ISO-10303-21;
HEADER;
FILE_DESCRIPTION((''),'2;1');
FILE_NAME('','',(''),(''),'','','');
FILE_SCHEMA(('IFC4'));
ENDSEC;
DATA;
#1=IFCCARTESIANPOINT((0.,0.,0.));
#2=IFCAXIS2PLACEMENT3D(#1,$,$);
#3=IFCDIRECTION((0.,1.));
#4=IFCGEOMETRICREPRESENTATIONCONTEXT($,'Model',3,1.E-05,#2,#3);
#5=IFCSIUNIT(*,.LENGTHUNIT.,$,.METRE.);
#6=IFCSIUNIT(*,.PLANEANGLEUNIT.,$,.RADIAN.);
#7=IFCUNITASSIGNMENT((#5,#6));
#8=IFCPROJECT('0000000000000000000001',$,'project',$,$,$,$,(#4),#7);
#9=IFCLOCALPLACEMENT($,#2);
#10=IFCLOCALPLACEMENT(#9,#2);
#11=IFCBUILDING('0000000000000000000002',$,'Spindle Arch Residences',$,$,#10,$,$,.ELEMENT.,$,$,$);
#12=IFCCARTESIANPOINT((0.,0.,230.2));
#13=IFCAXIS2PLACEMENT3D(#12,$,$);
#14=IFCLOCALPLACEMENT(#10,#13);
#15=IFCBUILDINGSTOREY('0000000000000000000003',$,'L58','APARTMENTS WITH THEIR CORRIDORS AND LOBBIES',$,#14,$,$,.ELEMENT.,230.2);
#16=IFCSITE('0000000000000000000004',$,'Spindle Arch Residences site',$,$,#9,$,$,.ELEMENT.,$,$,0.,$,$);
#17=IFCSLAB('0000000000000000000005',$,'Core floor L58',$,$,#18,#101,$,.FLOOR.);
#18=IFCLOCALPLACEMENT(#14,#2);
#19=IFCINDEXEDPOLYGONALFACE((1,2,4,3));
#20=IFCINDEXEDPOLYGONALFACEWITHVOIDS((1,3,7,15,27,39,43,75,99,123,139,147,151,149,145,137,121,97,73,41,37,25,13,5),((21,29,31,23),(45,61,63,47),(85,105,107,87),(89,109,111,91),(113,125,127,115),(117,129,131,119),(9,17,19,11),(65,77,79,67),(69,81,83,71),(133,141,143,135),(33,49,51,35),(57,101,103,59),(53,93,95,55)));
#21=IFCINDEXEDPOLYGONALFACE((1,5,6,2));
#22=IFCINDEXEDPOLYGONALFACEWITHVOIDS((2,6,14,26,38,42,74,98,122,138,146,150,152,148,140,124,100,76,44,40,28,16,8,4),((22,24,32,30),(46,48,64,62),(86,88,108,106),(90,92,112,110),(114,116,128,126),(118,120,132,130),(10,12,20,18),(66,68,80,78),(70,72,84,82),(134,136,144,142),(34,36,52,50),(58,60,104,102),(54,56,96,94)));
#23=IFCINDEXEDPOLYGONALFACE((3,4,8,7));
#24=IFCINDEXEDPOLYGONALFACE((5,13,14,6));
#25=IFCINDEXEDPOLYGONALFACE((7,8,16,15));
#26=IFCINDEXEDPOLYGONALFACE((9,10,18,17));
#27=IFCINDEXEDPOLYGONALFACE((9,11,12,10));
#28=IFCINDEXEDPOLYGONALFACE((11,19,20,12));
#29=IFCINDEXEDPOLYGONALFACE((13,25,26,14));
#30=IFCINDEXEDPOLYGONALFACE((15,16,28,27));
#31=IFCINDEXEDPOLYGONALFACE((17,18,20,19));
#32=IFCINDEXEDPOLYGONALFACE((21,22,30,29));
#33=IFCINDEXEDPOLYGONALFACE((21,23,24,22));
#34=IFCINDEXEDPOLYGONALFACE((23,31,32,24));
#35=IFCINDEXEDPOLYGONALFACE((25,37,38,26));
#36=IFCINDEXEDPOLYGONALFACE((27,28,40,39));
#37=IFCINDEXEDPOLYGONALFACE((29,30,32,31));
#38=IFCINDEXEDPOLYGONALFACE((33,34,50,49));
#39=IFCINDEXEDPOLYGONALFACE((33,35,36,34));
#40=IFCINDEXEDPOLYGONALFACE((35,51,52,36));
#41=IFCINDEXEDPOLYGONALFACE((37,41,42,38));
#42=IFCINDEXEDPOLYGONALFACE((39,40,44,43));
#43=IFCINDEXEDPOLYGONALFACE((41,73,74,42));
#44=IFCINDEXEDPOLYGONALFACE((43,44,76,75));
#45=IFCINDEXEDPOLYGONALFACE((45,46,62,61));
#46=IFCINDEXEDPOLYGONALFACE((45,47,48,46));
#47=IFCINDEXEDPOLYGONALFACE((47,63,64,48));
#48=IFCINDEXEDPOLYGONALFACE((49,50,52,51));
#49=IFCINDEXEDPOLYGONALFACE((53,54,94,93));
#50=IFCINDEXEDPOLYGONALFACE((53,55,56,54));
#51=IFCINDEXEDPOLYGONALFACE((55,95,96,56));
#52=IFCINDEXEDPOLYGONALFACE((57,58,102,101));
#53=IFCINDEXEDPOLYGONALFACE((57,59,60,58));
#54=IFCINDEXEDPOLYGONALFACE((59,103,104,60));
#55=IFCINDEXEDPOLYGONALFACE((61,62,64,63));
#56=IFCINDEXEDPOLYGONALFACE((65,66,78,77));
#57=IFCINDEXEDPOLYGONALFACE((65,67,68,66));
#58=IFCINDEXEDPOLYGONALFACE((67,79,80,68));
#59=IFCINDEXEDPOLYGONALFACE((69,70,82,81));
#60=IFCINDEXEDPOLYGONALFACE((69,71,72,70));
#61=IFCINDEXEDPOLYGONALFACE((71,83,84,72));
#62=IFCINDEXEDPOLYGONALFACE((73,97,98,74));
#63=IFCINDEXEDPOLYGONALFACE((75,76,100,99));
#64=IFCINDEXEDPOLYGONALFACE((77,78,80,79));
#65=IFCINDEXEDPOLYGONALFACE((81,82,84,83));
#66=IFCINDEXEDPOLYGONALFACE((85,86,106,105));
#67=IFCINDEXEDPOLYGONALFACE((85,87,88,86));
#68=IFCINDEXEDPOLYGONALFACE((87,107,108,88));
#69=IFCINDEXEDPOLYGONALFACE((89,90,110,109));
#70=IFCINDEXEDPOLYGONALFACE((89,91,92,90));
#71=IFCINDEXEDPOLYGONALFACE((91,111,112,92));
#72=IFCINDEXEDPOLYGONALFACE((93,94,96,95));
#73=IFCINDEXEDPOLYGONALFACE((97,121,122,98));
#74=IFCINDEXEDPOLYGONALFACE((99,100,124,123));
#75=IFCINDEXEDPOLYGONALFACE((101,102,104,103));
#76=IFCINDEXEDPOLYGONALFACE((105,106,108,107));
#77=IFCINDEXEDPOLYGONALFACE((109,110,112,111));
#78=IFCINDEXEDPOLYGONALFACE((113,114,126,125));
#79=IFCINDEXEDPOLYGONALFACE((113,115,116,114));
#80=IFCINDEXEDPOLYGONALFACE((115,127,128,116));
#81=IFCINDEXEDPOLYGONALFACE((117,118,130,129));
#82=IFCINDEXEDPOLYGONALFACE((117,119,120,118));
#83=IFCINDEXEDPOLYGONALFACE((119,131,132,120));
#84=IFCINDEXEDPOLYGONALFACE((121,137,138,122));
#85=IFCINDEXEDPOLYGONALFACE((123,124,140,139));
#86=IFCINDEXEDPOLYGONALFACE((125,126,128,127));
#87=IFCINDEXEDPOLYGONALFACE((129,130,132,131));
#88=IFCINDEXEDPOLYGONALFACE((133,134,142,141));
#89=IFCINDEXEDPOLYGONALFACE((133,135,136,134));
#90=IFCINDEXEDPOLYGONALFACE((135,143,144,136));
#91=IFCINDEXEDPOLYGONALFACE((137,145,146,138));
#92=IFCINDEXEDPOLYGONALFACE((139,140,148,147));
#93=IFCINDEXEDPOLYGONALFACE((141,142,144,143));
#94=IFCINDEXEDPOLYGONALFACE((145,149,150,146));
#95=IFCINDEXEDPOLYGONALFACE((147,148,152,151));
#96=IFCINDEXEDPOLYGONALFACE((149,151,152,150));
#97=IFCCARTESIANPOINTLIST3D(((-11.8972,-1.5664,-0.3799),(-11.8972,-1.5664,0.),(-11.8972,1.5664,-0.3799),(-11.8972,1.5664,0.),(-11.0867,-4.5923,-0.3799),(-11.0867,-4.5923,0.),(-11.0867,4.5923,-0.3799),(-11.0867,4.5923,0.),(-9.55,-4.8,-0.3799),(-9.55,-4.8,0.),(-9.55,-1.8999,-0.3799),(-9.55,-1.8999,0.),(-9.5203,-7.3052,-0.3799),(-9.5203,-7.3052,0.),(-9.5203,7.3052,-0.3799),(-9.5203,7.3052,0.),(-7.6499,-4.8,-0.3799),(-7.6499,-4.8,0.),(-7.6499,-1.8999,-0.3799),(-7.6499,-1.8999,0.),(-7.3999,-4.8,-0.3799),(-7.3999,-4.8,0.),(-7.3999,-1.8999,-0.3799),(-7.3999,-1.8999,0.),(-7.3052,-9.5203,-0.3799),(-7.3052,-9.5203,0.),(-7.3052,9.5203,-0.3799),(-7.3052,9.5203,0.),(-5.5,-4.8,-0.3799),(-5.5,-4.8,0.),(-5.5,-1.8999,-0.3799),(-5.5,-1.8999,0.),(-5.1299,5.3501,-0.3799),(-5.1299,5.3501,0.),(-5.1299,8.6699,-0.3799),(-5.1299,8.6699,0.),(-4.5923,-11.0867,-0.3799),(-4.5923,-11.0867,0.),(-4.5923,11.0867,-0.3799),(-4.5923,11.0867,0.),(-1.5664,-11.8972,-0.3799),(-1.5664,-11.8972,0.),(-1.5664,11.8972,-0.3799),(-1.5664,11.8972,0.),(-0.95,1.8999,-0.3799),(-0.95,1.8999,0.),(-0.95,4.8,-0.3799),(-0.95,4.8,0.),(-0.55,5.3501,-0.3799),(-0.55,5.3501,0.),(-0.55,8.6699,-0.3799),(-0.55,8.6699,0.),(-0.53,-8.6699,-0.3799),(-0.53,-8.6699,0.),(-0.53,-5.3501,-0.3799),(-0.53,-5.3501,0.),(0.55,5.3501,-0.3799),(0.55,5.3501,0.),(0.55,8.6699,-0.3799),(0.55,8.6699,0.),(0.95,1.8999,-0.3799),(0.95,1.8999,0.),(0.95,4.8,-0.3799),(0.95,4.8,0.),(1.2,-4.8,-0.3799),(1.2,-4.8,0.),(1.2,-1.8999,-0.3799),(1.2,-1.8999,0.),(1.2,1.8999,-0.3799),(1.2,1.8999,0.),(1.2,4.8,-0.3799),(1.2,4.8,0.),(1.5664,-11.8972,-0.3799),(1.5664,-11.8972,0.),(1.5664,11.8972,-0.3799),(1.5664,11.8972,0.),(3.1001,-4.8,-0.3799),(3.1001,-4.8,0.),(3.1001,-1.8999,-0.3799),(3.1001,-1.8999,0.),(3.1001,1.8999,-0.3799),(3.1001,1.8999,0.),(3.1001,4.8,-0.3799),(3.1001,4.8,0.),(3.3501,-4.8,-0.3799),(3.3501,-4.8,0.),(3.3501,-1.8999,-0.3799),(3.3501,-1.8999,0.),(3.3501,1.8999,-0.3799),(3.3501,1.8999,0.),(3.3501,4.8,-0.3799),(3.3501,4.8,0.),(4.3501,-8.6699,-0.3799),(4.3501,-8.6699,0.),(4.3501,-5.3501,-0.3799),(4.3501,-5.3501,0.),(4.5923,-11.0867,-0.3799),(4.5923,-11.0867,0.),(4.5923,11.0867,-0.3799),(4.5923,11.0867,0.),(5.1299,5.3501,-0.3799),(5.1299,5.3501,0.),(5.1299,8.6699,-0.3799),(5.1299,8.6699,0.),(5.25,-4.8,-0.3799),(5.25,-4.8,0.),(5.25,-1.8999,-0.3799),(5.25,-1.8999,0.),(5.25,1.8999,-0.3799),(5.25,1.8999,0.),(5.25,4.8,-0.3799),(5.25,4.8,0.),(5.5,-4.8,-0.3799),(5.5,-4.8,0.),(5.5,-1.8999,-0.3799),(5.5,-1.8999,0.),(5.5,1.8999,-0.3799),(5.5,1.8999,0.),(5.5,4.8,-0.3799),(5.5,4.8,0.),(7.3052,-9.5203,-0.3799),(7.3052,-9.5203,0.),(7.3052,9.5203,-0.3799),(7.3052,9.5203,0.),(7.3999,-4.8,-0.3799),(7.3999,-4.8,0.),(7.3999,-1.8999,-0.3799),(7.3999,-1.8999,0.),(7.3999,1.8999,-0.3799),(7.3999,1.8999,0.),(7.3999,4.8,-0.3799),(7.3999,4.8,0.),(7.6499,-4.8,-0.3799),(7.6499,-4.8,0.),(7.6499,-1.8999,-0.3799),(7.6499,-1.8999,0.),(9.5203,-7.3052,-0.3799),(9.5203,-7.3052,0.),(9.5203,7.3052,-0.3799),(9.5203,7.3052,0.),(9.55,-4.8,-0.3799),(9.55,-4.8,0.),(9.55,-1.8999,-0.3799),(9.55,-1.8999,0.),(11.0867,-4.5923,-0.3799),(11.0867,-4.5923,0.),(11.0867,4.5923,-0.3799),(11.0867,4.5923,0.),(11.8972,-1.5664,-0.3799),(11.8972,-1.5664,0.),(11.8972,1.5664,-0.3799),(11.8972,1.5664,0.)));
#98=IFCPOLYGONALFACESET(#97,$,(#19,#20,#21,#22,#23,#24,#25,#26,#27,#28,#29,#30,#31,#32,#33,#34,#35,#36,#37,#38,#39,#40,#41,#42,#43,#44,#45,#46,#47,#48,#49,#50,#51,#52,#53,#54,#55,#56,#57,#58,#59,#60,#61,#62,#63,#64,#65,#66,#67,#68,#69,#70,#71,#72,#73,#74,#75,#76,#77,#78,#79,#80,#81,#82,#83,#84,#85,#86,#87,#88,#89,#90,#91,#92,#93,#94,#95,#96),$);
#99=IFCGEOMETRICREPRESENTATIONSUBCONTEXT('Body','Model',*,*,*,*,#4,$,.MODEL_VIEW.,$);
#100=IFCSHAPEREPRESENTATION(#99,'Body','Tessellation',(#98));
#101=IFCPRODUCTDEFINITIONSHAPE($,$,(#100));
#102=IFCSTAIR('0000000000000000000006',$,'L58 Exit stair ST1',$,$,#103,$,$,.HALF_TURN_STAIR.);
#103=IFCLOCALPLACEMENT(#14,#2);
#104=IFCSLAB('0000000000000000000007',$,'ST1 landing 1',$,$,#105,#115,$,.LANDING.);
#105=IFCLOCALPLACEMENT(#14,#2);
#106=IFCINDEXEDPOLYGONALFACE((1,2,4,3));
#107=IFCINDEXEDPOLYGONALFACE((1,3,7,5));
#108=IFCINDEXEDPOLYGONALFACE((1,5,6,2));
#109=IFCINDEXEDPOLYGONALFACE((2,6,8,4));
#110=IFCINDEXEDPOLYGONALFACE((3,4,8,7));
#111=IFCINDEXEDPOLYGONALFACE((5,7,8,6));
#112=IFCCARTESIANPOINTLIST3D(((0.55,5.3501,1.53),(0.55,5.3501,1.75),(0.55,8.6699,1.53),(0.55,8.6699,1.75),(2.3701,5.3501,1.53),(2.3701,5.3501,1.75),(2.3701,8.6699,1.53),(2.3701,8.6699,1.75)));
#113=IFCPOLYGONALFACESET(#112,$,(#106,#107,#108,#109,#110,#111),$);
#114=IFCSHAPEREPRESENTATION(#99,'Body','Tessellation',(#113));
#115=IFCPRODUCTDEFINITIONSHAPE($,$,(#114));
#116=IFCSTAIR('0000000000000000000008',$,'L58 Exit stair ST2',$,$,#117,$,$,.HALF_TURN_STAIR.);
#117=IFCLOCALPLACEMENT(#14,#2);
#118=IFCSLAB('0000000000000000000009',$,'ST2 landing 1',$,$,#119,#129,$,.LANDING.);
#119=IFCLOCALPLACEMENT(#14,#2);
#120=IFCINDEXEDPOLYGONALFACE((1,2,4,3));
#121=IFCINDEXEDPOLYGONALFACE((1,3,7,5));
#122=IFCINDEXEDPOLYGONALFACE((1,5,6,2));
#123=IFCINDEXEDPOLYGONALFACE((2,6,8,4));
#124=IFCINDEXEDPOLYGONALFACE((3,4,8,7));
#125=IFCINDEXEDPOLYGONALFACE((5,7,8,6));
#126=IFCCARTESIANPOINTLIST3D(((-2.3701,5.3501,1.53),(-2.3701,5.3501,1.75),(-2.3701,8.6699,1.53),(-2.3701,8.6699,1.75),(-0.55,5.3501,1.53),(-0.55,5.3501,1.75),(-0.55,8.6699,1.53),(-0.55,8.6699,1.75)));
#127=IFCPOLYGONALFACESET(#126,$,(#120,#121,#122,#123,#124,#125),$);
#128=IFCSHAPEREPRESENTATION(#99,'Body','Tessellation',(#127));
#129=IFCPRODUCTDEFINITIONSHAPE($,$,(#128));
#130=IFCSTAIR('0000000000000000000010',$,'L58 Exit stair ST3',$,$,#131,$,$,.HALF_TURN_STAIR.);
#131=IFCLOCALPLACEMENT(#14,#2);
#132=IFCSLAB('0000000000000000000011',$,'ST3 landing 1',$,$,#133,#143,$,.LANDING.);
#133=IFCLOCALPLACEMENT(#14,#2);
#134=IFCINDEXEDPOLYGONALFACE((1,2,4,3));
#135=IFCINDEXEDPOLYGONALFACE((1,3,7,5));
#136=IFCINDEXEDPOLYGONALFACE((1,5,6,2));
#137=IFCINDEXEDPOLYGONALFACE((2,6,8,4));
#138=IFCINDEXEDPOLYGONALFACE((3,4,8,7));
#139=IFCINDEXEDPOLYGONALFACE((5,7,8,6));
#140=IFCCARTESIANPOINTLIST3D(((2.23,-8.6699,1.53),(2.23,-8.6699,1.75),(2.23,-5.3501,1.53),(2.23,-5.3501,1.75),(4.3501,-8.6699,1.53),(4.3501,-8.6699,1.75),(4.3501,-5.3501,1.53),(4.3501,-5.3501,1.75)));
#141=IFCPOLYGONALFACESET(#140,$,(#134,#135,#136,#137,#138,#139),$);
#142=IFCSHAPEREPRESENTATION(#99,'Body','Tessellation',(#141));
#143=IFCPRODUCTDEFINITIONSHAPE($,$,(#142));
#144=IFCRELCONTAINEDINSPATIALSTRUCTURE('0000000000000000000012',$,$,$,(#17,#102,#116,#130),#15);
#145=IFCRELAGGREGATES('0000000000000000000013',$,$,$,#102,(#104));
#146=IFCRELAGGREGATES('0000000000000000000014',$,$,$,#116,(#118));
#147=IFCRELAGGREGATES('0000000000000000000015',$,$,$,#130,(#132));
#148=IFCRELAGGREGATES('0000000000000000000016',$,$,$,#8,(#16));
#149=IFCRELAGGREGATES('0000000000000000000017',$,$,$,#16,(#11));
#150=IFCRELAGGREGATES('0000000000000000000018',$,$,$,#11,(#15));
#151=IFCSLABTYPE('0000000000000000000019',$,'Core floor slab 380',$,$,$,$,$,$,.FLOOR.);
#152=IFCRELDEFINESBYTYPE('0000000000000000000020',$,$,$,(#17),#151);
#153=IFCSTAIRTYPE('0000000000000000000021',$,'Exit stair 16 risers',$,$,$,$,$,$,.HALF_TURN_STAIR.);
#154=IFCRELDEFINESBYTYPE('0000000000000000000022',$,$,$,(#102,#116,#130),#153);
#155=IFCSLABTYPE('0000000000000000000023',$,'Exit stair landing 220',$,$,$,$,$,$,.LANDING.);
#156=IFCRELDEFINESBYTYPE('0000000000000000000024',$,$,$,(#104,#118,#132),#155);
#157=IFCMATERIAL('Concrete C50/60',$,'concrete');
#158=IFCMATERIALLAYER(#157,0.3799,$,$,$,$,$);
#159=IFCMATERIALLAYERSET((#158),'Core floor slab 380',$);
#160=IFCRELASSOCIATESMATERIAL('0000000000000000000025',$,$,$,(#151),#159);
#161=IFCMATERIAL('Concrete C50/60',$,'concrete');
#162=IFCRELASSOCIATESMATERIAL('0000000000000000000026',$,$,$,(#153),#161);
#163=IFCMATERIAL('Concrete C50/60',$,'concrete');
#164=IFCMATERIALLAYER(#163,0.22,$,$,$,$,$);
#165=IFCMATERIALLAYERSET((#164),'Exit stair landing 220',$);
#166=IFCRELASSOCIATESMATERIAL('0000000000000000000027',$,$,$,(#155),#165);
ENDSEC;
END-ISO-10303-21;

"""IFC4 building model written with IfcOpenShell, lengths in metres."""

from ifc_helpers import new_model, si_unit, direction, frame, origin, place, context, subcontext, project, spatial, polyline, outline, extrude, material, layer, layer_set, type_object, element, aggregate, save


model = new_model("IFC4")

# Units and contexts
model_context = context("Model", 3, precision=1e-05, world=origin(), true_north=direction((0.0, 1.0)))
body_context = subcontext(model_context, "Body", "Model", "MODEL_VIEW")
ifc_project = project(units=[si_unit("LENGTHUNIT", "METRE"), si_unit("PLANEANGLEUNIT", "RADIAN")], contexts=[model_context])

# Site, building, storey
site_placement = place(None, origin())
site = spatial("IfcSite", under=ifc_project, at=site_placement, Name="Spindle Arch Residences site", CompositionType="ELEMENT", RefElevation=0.0)
building_placement = place(site_placement, origin())
building = spatial("IfcBuilding", under=site, at=building_placement, Name="Spindle Arch Residences", CompositionType="ELEMENT")
storey_placement = place(building_placement, frame((0.0, 0.0, 230.2)))
storey = spatial("IfcBuildingStorey", under=building, at=storey_placement, Name="L58", Description="APARTMENTS WITH THEIR CORRIDORS AND LOBBIES", CompositionType="ELEMENT", Elevation=230.2)

# Slab
ifc_material_1 = material(Name="Concrete C50/60", Category="concrete")
ifc_layer_1 = layer(ifc_material_1, 0.3799)
ifc_layer_set_1 = layer_set([ifc_layer_1], Name="Core floor slab 380")
slab_type_1 = type_object("IfcSlabType", Name="Core floor slab 380", PredefinedType="FLOOR", material=ifc_layer_set_1)
slab_1_placement = place(storey_placement, frame((0.0, 0.0, -0.3799)))
element("IfcSlab", 1, at=slab_1_placement, inside=storey, type_object=slab_type_1, Name="Core floor L58", PredefinedType="FLOOR", context=body_context, shape_type="SweptSolid", body=[
    extrude(outline(polyline([(1.5664, -11.8972), (4.5923, -11.0867), (7.3052, -9.5203), (9.5203, -7.3052), (11.0867, -4.5923), (11.8972, -1.5664), (11.8972, 1.5664), (11.0867, 4.5923), (9.5203, 7.3052), (7.3052, 9.5203), (4.5923, 11.0867), (1.5664, 11.8972), (-1.5664, 11.8972), (-4.5923, 11.0867), (-7.3052, 9.5203), (-9.5203, 7.3052), (-11.0867, 4.5923), (-11.8972, 1.5664), (-11.8972, -1.5664), (-11.0867, -4.5923), (-9.5203, -7.3052), (-7.3052, -9.5203), (-4.5923, -11.0867), (-1.5664, -11.8972), (1.5664, -11.8972)]), holes=[polyline([(-0.95, 1.8999), (0.95, 1.8999), (0.95, 4.8), (-0.95, 4.8), (-0.95, 1.8999)]), polyline([(1.2, 1.8999), (3.1001, 1.8999), (3.1001, 4.8), (1.2, 4.8), (1.2, 1.8999)]), polyline([(3.3501, 1.8999), (5.25, 1.8999), (5.25, 4.8), (3.3501, 4.8), (3.3501, 1.8999)]), polyline([(5.5, 1.8999), (7.3999, 1.8999), (7.3999, 4.8), (5.5, 4.8), (5.5, 1.8999)]), polyline([(-9.55, -4.8), (-7.6499, -4.8), (-7.6499, -1.8999), (-9.55, -1.8999), (-9.55, -4.8)]), polyline([(-7.3999, -4.8), (-5.5, -4.8), (-5.5, -1.8999), (-7.3999, -1.8999), (-7.3999, -4.8)]), polyline([(1.2, -4.8), (3.1001, -4.8), (3.1001, -1.8999), (1.2, -1.8999), (1.2, -4.8)]), polyline([(3.3501, -4.8), (5.25, -4.8), (5.25, -1.8999), (3.3501, -1.8999), (3.3501, -4.8)]), polyline([(5.5, -4.8), (7.3999, -4.8), (7.3999, -1.8999), (5.5, -1.8999), (5.5, -4.8)]), polyline([(7.6499, -4.8), (9.55, -4.8), (9.55, -1.8999), (7.6499, -1.8999), (7.6499, -4.8)]), polyline([(5.1299, 8.6699), (0.55, 8.6699), (0.55, 5.3501), (5.1299, 5.3501), (5.1299, 8.6699)]), polyline([(-5.1299, 5.3501), (-0.55, 5.3501), (-0.55, 8.6699), (-5.1299, 8.6699), (-5.1299, 5.3501)]), polyline([(-0.53, -8.6699), (4.3501, -8.6699), (4.3501, -5.3501), (-0.53, -5.3501), (-0.53, -8.6699)])]), origin(), (0.0, 0.0, 1.0), 0.3799),
])

# Stairs, slabs
ifc_material_2 = material(Name="Concrete C50/60", Category="concrete")
stair_type = type_object("IfcStairType", Name="Exit stair 16 risers", PredefinedType="HALF_TURN_STAIR", material=ifc_material_2)
stair_1_placement = place(storey_placement, origin())
stair_1 = element("IfcStair", 2, at=stair_1_placement, inside=storey, type_object=stair_type, Name="L58 Exit stair ST1", PredefinedType="HALF_TURN_STAIR")
ifc_material_3 = material(Name="Concrete C50/60", Category="concrete")
ifc_layer_2 = layer(ifc_material_3, 0.22)
ifc_layer_set_2 = layer_set([ifc_layer_2], Name="Exit stair landing 220")
slab_type_2 = type_object("IfcSlabType", Name="Exit stair landing 220", PredefinedType="LANDING", material=ifc_layer_set_2)
slab_2_placement = place(storey_placement, frame((0.0, 0.0, 1.53)))
slab_2 = element("IfcSlab", 3, at=slab_2_placement, type_object=slab_type_2, Name="ST1 landing 1", PredefinedType="LANDING", context=body_context, shape_type="SweptSolid", body=[
    extrude(outline(polyline([(2.3701, 8.6699), (0.55, 8.6699), (0.55, 5.3501), (2.3701, 5.3501), (2.3701, 8.6699)])), origin(), (0.0, 0.0, 1.0), 0.22),
])
aggregate(stair_1, [slab_2])
stair_2_placement = place(storey_placement, origin())
stair_2 = element("IfcStair", 4, at=stair_2_placement, inside=storey, type_object=stair_type, Name="L58 Exit stair ST2", PredefinedType="HALF_TURN_STAIR")
slab_3_placement = place(storey_placement, frame((0.0, 0.0, 1.53)))
slab_3 = element("IfcSlab", 5, at=slab_3_placement, type_object=slab_type_2, Name="ST2 landing 1", PredefinedType="LANDING", context=body_context, shape_type="SweptSolid", body=[
    extrude(outline(polyline([(-2.3701, 5.3501), (-0.55, 5.3501), (-0.55, 8.6699), (-2.3701, 8.6699), (-2.3701, 5.3501)])), origin(), (0.0, 0.0, 1.0), 0.22),
])
aggregate(stair_2, [slab_3])
stair_3_placement = place(storey_placement, origin())
stair_3 = element("IfcStair", 6, at=stair_3_placement, inside=storey, type_object=stair_type, Name="L58 Exit stair ST3", PredefinedType="HALF_TURN_STAIR")
slab_4_placement = place(storey_placement, frame((0.0, 0.0, 1.53)))
slab_4 = element("IfcSlab", 7, at=slab_4_placement, type_object=slab_type_2, Name="ST3 landing 1", PredefinedType="LANDING", context=body_context, shape_type="SweptSolid", body=[
    extrude(outline(polyline([(2.23, -8.6699), (4.3501, -8.6699), (4.3501, -5.3501), (2.23, -5.3501), (2.23, -8.6699)])), origin(), (0.0, 0.0, 1.0), 0.22),
])

aggregate(stair_3, [slab_4])

save(model, "model.ifc")
